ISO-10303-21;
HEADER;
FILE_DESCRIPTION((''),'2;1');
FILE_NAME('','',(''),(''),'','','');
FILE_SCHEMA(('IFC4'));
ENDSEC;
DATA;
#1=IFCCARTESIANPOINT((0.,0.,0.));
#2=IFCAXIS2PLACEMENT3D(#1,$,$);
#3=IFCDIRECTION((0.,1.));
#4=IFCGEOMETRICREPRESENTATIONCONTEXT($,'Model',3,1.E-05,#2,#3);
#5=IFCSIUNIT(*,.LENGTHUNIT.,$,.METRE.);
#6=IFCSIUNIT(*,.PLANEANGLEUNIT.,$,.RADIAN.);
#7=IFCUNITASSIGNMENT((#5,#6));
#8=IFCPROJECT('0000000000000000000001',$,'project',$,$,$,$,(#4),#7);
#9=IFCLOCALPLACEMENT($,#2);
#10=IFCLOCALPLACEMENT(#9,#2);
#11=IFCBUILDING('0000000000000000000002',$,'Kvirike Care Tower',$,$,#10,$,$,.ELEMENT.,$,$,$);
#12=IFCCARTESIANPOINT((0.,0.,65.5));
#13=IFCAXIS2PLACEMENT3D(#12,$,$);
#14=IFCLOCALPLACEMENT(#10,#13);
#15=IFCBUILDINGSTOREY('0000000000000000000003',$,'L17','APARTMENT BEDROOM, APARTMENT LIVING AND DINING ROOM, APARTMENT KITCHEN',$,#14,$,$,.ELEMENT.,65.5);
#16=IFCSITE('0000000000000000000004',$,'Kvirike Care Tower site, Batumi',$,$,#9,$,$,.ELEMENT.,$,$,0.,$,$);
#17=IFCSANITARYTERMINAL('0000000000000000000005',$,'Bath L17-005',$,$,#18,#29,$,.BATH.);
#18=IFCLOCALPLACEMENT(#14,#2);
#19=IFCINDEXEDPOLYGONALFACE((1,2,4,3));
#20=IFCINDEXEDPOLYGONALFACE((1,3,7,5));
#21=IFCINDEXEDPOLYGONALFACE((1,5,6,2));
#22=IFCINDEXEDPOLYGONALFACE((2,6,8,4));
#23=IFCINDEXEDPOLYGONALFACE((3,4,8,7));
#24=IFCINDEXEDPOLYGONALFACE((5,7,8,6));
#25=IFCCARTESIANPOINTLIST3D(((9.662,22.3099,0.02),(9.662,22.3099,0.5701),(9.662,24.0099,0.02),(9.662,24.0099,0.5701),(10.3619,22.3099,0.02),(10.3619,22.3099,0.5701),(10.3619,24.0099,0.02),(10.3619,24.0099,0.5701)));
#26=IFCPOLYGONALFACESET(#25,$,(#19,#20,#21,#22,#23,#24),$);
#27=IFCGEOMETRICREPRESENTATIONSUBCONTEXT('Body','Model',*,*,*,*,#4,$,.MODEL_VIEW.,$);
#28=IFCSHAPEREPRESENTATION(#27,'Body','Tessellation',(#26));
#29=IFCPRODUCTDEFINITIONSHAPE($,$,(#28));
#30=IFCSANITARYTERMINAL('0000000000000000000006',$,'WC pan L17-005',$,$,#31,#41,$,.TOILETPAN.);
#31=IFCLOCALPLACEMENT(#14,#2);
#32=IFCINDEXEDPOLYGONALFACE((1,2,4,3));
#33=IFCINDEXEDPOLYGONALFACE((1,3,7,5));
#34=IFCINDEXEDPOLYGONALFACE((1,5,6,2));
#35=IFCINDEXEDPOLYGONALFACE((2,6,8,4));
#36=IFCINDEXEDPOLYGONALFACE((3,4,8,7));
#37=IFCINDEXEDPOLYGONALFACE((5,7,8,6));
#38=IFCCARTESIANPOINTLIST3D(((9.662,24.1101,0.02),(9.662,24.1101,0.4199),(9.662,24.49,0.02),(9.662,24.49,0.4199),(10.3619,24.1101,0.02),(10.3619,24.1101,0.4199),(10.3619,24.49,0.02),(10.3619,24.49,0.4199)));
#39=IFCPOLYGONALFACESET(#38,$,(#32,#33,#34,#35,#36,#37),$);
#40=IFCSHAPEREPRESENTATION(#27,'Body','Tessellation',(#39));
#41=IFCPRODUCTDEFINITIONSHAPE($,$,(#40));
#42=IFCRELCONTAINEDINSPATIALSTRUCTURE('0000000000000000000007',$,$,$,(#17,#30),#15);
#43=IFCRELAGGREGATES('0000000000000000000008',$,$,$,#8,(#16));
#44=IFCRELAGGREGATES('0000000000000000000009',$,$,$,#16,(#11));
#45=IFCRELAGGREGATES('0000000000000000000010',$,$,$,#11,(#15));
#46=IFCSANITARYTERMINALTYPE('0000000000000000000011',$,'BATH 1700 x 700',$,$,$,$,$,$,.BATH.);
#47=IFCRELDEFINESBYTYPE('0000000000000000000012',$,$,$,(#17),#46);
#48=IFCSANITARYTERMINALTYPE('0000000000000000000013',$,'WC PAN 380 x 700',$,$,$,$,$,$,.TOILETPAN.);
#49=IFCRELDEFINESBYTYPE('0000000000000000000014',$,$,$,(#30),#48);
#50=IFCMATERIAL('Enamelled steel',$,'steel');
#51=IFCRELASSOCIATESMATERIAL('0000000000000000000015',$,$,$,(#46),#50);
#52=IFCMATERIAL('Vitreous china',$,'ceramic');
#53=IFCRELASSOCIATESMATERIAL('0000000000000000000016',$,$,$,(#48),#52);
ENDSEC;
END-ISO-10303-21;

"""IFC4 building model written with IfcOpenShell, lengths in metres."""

from ifc_helpers import new_model, si_unit, direction, frame, origin, origin_2d, place, context, subcontext, project, spatial, rectangle, extrude, material, type_object, element, save


model = new_model("IFC4")

# Units and contexts
model_context = context("Model", 3, precision=1e-05, world=origin(), true_north=direction((0.0, 1.0)))
body_context = subcontext(model_context, "Body", "Model", "MODEL_VIEW")
ifc_project = project(units=[si_unit("LENGTHUNIT", "METRE"), si_unit("PLANEANGLEUNIT", "RADIAN")], contexts=[model_context])

# Site, building, storey
site_placement = place(None, origin())
site = spatial("IfcSite", under=ifc_project, at=site_placement, Name="Kvirike Care Tower site, Batumi", CompositionType="ELEMENT", RefElevation=0.0)
building_placement = place(site_placement, origin())
building = spatial("IfcBuilding", under=site, at=building_placement, Name="Kvirike Care Tower", CompositionType="ELEMENT")
storey_placement = place(building_placement, frame((0.0, 0.0, 65.5)))
storey = spatial("IfcBuildingStorey", under=building, at=storey_placement, Name="L17", Description="APARTMENT BEDROOM, APARTMENT LIVING AND DINING ROOM, APARTMENT KITCHEN", CompositionType="ELEMENT", Elevation=65.5)

# Sanitary terminals
ifc_material_1 = material(Name="Enamelled steel", Category="steel")
sanitary_terminal_type_1 = type_object("IfcSanitaryTerminalType", Name="BATH 1700 x 700", PredefinedType="BATH", material=ifc_material_1)
sanitary_terminal_1_placement = place(storey_placement, frame((10.012, 23.1599, 0.02), z_axis=(0.0, 0.0, 1.0), x_axis=(0.0, 1.0, 0.0)))
element("IfcSanitaryTerminal", 1, at=sanitary_terminal_1_placement, inside=storey, type_object=sanitary_terminal_type_1, Name="Bath L17-005", PredefinedType="BATH", context=body_context, shape_type="SweptSolid", body=[
    extrude(rectangle(XDim=1.7, YDim=0.7, at=origin_2d()), origin(), (0.0, 0.0, 1.0), 0.55),
])
ifc_material_2 = material(Name="Vitreous china", Category="ceramic")
sanitary_terminal_type_2 = type_object("IfcSanitaryTerminalType", Name="WC PAN 380 x 700", PredefinedType="TOILETPAN", material=ifc_material_2)
sanitary_terminal_2_placement = place(storey_placement, frame((10.012, 24.3, 0.02), z_axis=(0.0, 0.0, 1.0), x_axis=(0.0, 1.0, 0.0)))
element("IfcSanitaryTerminal", 2, at=sanitary_terminal_2_placement, inside=storey, type_object=sanitary_terminal_type_2, Name="WC pan L17-005", PredefinedType="TOILETPAN", context=body_context, shape_type="SweptSolid", body=[
    extrude(rectangle(XDim=0.3799, YDim=0.7, at=origin_2d()), origin(), (0.0, 0.0, 1.0), 0.3999),
])

save(model, "model.ifc")
